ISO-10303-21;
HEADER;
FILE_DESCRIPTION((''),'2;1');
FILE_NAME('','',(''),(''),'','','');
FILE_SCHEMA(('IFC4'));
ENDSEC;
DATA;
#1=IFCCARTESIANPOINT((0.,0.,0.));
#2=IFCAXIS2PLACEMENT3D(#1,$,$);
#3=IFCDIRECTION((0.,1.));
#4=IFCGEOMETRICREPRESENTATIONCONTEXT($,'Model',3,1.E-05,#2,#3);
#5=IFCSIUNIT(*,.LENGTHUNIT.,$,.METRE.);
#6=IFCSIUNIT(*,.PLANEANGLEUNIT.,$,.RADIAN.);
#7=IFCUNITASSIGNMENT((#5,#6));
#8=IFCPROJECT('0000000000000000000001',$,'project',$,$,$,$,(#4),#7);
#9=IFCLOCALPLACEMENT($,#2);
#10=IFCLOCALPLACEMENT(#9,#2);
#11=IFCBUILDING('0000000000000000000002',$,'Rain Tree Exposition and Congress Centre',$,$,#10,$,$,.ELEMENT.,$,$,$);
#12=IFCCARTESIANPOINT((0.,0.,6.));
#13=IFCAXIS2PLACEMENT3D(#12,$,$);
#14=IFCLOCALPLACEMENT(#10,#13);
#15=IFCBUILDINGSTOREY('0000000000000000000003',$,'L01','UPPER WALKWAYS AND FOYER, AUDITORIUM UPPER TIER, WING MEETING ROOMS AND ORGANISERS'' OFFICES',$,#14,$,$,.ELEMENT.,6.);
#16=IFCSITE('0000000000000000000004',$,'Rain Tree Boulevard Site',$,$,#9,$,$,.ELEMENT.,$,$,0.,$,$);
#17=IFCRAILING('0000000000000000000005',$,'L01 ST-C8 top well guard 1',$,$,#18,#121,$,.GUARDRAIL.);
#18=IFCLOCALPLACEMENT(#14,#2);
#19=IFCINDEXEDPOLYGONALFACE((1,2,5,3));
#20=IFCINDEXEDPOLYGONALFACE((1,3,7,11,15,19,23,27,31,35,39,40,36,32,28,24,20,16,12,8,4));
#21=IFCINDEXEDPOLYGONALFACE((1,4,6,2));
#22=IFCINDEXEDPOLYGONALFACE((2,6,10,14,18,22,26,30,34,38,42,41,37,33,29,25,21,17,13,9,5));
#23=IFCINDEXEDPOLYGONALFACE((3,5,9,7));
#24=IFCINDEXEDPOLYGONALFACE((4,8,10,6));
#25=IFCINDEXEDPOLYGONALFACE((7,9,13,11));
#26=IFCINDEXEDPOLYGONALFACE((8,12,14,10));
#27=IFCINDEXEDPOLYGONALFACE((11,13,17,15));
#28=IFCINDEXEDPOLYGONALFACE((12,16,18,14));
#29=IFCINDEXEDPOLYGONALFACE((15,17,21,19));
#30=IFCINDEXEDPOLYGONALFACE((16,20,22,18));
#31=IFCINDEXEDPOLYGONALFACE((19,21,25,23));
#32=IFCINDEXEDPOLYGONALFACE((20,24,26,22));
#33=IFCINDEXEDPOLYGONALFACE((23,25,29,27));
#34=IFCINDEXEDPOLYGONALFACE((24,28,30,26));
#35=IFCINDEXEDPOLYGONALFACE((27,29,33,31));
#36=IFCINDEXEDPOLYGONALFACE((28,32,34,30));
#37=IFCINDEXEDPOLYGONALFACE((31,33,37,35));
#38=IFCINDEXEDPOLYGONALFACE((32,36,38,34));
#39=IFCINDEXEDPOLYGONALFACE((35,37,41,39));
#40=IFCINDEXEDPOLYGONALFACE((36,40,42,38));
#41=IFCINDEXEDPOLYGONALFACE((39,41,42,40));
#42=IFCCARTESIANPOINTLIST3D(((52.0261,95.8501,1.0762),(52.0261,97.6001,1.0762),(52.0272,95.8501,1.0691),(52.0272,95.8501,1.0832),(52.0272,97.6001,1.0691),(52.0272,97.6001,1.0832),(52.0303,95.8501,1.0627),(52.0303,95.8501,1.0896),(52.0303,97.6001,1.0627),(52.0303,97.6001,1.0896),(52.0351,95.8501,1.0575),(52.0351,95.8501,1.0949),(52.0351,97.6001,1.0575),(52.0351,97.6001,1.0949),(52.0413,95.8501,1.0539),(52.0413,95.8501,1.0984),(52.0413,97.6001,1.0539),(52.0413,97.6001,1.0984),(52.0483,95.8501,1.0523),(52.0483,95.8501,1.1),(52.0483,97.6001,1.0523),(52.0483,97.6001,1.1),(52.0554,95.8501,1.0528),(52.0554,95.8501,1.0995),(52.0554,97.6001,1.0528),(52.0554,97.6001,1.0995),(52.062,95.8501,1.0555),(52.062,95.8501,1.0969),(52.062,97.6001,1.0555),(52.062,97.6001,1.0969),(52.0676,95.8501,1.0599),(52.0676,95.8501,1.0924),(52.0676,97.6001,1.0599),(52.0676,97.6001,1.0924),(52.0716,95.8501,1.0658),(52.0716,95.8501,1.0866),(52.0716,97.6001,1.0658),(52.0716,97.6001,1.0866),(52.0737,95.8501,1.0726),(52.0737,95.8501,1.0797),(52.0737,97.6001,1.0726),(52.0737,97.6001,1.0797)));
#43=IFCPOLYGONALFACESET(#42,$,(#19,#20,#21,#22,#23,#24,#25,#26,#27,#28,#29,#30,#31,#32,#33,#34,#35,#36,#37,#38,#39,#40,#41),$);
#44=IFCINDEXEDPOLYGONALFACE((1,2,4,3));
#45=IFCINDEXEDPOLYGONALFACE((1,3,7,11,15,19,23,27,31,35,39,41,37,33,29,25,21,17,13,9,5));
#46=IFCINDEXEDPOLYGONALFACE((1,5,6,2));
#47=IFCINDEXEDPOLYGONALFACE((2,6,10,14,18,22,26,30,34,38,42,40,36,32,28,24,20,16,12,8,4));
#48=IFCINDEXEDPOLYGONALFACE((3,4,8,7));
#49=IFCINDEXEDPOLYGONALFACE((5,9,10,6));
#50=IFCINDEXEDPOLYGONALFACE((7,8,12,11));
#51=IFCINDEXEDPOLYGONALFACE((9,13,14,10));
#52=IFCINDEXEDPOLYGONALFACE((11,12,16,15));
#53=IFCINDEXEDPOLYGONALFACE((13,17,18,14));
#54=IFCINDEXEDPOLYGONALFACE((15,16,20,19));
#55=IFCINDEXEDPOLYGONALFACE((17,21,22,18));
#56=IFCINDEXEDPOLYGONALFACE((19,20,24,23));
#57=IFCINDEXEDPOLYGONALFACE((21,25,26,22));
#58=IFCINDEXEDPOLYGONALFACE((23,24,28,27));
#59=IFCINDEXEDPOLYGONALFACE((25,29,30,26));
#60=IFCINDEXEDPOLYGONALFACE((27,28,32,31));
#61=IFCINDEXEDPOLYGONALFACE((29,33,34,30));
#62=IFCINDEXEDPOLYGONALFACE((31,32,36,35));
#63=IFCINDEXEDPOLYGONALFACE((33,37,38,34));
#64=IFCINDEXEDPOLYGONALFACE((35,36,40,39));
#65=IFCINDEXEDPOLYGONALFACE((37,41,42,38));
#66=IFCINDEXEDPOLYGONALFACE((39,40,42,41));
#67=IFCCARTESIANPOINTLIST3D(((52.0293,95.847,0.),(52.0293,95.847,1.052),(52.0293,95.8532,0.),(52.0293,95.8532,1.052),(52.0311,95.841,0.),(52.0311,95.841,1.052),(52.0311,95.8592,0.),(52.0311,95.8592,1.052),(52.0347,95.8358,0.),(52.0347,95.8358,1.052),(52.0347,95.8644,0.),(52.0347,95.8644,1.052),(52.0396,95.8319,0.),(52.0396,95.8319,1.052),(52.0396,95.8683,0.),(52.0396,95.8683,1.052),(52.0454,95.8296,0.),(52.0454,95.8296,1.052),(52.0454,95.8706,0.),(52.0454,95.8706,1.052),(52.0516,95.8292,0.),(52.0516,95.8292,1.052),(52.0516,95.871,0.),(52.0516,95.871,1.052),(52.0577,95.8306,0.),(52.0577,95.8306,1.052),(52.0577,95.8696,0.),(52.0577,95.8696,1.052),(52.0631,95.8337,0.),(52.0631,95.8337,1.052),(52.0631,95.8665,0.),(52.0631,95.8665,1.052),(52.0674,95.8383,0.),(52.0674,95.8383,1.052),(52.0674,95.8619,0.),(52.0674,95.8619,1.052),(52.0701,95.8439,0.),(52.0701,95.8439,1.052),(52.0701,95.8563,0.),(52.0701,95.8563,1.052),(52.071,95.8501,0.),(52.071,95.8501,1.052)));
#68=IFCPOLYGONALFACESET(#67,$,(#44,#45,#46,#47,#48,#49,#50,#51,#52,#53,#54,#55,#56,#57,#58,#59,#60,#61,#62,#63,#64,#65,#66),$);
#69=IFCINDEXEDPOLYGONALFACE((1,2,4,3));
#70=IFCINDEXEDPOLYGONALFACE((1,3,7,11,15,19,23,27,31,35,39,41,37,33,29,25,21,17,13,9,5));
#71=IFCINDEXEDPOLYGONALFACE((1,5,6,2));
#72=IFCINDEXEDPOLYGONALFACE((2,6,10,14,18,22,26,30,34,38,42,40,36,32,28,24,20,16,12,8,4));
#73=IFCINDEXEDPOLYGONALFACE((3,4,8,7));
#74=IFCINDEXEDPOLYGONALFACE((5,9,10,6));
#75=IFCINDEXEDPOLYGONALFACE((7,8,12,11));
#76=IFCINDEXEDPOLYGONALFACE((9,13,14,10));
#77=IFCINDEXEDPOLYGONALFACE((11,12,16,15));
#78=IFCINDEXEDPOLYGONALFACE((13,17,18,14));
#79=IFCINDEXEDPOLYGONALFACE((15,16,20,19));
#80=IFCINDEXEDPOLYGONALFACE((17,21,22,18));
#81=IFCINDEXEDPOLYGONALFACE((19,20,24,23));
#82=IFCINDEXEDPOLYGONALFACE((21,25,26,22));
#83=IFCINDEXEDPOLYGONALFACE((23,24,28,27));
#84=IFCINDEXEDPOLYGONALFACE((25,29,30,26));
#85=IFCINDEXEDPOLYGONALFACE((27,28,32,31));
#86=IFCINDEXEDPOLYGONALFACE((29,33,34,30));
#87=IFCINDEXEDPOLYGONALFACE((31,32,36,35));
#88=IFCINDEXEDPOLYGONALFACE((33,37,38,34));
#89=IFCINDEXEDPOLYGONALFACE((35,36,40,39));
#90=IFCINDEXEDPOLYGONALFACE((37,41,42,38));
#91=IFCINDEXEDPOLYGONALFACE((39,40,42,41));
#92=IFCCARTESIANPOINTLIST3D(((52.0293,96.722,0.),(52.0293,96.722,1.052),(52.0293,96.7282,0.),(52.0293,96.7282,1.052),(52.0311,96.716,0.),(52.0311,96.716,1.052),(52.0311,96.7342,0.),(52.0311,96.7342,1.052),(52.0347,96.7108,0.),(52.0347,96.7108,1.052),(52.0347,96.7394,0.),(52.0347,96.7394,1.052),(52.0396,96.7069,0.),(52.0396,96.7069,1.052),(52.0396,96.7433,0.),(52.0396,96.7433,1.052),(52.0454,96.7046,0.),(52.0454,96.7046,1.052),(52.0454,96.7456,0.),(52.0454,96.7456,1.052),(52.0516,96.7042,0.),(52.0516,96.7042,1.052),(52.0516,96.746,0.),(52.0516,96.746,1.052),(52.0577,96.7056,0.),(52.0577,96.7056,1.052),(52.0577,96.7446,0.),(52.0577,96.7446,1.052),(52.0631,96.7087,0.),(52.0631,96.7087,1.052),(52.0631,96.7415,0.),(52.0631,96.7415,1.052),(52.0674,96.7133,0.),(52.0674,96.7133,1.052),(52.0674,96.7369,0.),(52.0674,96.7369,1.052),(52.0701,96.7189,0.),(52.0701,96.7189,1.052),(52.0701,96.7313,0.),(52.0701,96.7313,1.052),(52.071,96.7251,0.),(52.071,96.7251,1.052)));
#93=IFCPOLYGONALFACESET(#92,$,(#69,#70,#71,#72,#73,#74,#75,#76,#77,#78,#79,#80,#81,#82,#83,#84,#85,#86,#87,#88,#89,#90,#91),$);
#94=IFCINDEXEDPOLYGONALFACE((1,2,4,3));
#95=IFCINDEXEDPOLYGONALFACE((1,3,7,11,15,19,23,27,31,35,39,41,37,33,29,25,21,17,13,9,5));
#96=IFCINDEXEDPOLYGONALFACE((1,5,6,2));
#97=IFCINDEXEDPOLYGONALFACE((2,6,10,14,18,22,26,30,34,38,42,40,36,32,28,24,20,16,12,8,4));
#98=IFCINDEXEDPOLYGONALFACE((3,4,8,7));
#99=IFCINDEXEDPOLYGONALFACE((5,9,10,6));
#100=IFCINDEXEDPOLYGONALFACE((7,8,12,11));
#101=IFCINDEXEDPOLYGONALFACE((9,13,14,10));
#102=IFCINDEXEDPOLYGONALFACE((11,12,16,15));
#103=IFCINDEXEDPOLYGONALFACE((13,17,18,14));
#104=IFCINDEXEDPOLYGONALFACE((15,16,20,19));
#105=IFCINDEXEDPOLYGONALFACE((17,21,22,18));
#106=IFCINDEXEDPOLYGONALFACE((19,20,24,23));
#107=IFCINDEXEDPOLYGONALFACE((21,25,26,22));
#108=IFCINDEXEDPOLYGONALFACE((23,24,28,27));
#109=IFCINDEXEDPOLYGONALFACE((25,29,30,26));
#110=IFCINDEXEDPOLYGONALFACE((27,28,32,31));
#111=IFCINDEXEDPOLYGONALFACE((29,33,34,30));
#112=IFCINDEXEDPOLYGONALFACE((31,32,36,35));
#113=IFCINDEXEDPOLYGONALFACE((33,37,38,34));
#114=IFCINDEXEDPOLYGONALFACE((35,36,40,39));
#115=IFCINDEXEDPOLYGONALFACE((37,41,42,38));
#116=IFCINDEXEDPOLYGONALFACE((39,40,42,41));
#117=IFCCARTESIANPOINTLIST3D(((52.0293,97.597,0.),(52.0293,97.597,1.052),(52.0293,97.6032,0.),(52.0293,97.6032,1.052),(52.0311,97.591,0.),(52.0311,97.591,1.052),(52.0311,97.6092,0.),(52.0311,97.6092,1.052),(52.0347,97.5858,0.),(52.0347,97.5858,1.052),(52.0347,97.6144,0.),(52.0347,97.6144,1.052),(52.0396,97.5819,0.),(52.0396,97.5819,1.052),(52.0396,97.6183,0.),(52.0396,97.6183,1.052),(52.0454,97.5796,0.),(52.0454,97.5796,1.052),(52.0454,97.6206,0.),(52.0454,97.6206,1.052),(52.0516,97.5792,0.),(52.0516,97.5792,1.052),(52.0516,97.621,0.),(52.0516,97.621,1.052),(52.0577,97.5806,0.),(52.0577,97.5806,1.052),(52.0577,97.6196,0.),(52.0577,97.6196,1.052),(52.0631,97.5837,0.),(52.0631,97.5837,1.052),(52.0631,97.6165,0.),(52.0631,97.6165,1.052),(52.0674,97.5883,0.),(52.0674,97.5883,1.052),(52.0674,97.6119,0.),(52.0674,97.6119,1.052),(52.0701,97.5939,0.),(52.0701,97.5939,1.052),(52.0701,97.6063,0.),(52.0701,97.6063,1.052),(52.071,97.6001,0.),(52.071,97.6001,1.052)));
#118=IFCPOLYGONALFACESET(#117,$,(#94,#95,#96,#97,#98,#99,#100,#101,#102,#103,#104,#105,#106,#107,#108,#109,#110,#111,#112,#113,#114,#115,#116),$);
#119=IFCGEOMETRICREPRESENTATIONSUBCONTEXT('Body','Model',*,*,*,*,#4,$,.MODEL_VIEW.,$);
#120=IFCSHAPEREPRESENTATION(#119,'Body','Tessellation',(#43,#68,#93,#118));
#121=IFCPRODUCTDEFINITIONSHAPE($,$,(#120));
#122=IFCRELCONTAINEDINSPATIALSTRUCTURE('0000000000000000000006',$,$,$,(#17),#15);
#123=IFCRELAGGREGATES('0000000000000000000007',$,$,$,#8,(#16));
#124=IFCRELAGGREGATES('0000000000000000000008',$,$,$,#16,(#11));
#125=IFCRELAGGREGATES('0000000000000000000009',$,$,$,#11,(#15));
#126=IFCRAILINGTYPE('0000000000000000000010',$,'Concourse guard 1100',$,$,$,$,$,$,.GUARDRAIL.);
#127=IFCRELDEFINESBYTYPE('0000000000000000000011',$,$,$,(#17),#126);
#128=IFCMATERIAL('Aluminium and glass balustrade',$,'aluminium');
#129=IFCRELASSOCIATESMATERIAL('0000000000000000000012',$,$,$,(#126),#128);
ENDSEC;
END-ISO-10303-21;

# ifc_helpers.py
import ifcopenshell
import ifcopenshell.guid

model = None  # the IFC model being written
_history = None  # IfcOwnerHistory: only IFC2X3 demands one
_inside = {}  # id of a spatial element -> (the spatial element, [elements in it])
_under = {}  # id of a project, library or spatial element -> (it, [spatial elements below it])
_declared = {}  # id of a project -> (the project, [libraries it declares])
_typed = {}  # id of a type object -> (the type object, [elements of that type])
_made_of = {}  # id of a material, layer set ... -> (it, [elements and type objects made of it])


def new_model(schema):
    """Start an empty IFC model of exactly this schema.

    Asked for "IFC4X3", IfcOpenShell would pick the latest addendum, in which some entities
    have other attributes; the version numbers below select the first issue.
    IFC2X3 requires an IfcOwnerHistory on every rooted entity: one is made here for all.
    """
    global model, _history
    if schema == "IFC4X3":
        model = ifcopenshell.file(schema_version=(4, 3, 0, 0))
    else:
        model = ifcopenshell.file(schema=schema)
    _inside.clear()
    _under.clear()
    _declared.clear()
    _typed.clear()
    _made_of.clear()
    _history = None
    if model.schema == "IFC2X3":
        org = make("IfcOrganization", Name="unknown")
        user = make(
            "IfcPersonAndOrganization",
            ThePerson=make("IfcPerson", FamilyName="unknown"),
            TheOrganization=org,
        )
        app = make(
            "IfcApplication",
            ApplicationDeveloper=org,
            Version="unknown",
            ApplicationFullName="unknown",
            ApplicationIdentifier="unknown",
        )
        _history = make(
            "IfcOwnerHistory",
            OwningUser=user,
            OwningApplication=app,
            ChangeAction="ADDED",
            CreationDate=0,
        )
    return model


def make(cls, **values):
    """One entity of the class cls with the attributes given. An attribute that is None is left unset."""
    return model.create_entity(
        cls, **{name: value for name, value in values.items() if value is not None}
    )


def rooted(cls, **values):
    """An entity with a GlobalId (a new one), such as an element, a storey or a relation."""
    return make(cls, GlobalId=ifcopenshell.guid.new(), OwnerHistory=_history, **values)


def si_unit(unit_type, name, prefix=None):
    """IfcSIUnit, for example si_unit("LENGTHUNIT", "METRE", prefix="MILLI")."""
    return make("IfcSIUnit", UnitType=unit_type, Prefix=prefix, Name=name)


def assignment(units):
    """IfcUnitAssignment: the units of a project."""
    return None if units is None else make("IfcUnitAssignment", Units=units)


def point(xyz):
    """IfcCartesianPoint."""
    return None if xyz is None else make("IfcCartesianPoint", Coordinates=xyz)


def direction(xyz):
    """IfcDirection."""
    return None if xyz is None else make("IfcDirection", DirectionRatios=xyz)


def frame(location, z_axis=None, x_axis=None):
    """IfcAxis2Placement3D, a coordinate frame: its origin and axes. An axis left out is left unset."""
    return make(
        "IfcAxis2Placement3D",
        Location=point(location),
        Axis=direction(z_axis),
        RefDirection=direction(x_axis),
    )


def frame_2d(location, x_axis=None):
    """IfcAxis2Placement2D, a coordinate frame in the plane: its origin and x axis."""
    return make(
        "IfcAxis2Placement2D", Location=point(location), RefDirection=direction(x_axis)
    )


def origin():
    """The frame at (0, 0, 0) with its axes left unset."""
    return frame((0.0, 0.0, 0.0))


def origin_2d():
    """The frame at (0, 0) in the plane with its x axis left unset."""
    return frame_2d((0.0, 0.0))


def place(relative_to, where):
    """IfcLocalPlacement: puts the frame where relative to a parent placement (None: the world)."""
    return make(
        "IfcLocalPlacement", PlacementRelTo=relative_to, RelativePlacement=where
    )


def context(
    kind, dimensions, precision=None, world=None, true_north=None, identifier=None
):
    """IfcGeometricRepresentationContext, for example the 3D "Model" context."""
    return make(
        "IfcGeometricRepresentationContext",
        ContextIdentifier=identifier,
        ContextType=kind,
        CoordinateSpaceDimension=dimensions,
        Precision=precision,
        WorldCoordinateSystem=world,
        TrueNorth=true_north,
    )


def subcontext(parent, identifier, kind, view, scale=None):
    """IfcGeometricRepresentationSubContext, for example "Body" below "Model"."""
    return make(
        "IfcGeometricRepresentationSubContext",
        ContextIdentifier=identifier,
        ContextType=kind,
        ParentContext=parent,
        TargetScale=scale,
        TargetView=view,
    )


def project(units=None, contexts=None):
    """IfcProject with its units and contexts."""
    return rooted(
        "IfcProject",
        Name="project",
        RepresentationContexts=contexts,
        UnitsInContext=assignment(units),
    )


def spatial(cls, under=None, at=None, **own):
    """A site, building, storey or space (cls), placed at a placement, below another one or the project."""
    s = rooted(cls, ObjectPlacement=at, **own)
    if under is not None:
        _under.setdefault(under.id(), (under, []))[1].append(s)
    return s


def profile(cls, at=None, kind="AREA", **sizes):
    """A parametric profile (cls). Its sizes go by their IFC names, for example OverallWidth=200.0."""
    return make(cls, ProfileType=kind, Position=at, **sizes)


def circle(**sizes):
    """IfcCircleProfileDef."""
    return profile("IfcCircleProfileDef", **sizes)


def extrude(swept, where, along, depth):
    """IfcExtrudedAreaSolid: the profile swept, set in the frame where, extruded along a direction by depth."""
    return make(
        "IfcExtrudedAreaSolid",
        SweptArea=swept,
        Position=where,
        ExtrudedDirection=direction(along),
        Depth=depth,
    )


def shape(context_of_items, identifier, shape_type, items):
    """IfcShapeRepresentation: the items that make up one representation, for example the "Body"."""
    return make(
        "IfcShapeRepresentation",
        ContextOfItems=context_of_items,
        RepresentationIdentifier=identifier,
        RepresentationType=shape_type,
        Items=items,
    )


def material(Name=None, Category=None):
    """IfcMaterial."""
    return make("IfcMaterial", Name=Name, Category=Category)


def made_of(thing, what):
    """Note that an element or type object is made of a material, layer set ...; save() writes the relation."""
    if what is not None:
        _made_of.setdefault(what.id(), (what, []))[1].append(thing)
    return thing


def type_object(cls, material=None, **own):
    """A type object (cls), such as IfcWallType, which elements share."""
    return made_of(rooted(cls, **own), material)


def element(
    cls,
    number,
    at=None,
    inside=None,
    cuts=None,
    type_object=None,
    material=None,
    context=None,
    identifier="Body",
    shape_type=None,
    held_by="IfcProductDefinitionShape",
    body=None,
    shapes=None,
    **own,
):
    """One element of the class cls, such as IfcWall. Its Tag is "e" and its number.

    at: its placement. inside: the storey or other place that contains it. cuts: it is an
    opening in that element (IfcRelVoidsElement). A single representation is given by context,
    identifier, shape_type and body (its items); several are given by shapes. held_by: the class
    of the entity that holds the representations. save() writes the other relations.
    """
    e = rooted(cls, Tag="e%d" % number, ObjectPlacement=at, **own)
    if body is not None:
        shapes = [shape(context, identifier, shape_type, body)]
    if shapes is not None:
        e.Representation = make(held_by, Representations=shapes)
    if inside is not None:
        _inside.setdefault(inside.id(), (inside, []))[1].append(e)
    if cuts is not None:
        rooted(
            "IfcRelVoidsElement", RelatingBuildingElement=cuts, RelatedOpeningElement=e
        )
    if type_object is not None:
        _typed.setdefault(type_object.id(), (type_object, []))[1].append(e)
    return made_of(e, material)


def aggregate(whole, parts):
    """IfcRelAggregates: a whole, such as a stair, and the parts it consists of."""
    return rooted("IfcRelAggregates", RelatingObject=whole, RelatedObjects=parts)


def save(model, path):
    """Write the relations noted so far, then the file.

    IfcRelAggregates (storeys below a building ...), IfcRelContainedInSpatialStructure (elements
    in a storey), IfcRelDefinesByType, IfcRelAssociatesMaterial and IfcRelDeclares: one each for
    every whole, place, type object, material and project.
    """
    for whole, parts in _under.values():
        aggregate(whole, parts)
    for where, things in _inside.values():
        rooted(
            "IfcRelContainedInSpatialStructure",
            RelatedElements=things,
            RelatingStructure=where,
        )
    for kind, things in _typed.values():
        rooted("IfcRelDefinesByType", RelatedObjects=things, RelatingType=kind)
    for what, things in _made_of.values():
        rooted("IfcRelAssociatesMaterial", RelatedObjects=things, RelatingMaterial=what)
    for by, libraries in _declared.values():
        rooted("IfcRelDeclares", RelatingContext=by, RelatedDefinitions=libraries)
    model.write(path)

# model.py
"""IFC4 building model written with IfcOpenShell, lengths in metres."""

from ifc_helpers import new_model, si_unit, direction, frame, origin, origin_2d, place, context, subcontext, project, spatial, circle, extrude, material, type_object, element, save


model = new_model("IFC4")

# Units and contexts
model_context = context("Model", 3, precision=1e-05, world=origin(), true_north=direction((0.0, 1.0)))
body_context = subcontext(model_context, "Body", "Model", "MODEL_VIEW")
ifc_project = project(units=[si_unit("LENGTHUNIT", "METRE"), si_unit("PLANEANGLEUNIT", "RADIAN")], contexts=[model_context])

# Site, building, storey
site_placement = place(None, origin())
site = spatial("IfcSite", under=ifc_project, at=site_placement, Name="Rain Tree Boulevard Site", CompositionType="ELEMENT", RefElevation=0.0)
building_placement = place(site_placement, origin())
building = spatial("IfcBuilding", under=site, at=building_placement, Name="Rain Tree Exposition and Congress Centre", CompositionType="ELEMENT")
storey_placement = place(building_placement, frame((0.0, 0.0, 6.0)))
storey = spatial("IfcBuildingStorey", under=building, at=storey_placement, Name="L01", Description="UPPER WALKWAYS AND FOYER, AUDITORIUM UPPER TIER, WING MEETING ROOMS AND ORGANISERS' OFFICES", CompositionType="ELEMENT", Elevation=6.0)

# Railing
ifc_material_1 = material(Name="Aluminium and glass balustrade", Category="aluminium")
railing_type = type_object("IfcRailingType", Name="Concourse guard 1100", PredefinedType="GUARDRAIL", material=ifc_material_1)
railing_1_placement = place(storey_placement, frame((52.05, 95.8501, 0.0)))
element("IfcRailing", 1, at=railing_1_placement, inside=storey, type_object=railing_type, Name="L01 ST-C8 top well guard 1", PredefinedType="GUARDRAIL", context=body_context, shape_type="SweptSolid", body=[
    extrude(circle(Radius=0.0239, at=origin_2d()), frame((0.0, 0.0, 1.0762), z_axis=(0.0, 1.0, 0.0), x_axis=(-1.0, 0.0, 0.0)), (0.0, 0.0, 1.0), 1.75),
    extrude(circle(Radius=0.021, at=origin_2d()), origin(), (0.0, 0.0, 1.0), 1.052),
    extrude(circle(Radius=0.021, at=origin_2d()), frame((0.0, 0.875, 0.0)), (0.0, 0.0, 1.0), 1.052),
    extrude(circle(Radius=0.021, at=origin_2d()), frame((0.0, 1.75, 0.0)), (0.0, 0.0, 1.0), 1.052),
])

save(model, "model.ifc")
